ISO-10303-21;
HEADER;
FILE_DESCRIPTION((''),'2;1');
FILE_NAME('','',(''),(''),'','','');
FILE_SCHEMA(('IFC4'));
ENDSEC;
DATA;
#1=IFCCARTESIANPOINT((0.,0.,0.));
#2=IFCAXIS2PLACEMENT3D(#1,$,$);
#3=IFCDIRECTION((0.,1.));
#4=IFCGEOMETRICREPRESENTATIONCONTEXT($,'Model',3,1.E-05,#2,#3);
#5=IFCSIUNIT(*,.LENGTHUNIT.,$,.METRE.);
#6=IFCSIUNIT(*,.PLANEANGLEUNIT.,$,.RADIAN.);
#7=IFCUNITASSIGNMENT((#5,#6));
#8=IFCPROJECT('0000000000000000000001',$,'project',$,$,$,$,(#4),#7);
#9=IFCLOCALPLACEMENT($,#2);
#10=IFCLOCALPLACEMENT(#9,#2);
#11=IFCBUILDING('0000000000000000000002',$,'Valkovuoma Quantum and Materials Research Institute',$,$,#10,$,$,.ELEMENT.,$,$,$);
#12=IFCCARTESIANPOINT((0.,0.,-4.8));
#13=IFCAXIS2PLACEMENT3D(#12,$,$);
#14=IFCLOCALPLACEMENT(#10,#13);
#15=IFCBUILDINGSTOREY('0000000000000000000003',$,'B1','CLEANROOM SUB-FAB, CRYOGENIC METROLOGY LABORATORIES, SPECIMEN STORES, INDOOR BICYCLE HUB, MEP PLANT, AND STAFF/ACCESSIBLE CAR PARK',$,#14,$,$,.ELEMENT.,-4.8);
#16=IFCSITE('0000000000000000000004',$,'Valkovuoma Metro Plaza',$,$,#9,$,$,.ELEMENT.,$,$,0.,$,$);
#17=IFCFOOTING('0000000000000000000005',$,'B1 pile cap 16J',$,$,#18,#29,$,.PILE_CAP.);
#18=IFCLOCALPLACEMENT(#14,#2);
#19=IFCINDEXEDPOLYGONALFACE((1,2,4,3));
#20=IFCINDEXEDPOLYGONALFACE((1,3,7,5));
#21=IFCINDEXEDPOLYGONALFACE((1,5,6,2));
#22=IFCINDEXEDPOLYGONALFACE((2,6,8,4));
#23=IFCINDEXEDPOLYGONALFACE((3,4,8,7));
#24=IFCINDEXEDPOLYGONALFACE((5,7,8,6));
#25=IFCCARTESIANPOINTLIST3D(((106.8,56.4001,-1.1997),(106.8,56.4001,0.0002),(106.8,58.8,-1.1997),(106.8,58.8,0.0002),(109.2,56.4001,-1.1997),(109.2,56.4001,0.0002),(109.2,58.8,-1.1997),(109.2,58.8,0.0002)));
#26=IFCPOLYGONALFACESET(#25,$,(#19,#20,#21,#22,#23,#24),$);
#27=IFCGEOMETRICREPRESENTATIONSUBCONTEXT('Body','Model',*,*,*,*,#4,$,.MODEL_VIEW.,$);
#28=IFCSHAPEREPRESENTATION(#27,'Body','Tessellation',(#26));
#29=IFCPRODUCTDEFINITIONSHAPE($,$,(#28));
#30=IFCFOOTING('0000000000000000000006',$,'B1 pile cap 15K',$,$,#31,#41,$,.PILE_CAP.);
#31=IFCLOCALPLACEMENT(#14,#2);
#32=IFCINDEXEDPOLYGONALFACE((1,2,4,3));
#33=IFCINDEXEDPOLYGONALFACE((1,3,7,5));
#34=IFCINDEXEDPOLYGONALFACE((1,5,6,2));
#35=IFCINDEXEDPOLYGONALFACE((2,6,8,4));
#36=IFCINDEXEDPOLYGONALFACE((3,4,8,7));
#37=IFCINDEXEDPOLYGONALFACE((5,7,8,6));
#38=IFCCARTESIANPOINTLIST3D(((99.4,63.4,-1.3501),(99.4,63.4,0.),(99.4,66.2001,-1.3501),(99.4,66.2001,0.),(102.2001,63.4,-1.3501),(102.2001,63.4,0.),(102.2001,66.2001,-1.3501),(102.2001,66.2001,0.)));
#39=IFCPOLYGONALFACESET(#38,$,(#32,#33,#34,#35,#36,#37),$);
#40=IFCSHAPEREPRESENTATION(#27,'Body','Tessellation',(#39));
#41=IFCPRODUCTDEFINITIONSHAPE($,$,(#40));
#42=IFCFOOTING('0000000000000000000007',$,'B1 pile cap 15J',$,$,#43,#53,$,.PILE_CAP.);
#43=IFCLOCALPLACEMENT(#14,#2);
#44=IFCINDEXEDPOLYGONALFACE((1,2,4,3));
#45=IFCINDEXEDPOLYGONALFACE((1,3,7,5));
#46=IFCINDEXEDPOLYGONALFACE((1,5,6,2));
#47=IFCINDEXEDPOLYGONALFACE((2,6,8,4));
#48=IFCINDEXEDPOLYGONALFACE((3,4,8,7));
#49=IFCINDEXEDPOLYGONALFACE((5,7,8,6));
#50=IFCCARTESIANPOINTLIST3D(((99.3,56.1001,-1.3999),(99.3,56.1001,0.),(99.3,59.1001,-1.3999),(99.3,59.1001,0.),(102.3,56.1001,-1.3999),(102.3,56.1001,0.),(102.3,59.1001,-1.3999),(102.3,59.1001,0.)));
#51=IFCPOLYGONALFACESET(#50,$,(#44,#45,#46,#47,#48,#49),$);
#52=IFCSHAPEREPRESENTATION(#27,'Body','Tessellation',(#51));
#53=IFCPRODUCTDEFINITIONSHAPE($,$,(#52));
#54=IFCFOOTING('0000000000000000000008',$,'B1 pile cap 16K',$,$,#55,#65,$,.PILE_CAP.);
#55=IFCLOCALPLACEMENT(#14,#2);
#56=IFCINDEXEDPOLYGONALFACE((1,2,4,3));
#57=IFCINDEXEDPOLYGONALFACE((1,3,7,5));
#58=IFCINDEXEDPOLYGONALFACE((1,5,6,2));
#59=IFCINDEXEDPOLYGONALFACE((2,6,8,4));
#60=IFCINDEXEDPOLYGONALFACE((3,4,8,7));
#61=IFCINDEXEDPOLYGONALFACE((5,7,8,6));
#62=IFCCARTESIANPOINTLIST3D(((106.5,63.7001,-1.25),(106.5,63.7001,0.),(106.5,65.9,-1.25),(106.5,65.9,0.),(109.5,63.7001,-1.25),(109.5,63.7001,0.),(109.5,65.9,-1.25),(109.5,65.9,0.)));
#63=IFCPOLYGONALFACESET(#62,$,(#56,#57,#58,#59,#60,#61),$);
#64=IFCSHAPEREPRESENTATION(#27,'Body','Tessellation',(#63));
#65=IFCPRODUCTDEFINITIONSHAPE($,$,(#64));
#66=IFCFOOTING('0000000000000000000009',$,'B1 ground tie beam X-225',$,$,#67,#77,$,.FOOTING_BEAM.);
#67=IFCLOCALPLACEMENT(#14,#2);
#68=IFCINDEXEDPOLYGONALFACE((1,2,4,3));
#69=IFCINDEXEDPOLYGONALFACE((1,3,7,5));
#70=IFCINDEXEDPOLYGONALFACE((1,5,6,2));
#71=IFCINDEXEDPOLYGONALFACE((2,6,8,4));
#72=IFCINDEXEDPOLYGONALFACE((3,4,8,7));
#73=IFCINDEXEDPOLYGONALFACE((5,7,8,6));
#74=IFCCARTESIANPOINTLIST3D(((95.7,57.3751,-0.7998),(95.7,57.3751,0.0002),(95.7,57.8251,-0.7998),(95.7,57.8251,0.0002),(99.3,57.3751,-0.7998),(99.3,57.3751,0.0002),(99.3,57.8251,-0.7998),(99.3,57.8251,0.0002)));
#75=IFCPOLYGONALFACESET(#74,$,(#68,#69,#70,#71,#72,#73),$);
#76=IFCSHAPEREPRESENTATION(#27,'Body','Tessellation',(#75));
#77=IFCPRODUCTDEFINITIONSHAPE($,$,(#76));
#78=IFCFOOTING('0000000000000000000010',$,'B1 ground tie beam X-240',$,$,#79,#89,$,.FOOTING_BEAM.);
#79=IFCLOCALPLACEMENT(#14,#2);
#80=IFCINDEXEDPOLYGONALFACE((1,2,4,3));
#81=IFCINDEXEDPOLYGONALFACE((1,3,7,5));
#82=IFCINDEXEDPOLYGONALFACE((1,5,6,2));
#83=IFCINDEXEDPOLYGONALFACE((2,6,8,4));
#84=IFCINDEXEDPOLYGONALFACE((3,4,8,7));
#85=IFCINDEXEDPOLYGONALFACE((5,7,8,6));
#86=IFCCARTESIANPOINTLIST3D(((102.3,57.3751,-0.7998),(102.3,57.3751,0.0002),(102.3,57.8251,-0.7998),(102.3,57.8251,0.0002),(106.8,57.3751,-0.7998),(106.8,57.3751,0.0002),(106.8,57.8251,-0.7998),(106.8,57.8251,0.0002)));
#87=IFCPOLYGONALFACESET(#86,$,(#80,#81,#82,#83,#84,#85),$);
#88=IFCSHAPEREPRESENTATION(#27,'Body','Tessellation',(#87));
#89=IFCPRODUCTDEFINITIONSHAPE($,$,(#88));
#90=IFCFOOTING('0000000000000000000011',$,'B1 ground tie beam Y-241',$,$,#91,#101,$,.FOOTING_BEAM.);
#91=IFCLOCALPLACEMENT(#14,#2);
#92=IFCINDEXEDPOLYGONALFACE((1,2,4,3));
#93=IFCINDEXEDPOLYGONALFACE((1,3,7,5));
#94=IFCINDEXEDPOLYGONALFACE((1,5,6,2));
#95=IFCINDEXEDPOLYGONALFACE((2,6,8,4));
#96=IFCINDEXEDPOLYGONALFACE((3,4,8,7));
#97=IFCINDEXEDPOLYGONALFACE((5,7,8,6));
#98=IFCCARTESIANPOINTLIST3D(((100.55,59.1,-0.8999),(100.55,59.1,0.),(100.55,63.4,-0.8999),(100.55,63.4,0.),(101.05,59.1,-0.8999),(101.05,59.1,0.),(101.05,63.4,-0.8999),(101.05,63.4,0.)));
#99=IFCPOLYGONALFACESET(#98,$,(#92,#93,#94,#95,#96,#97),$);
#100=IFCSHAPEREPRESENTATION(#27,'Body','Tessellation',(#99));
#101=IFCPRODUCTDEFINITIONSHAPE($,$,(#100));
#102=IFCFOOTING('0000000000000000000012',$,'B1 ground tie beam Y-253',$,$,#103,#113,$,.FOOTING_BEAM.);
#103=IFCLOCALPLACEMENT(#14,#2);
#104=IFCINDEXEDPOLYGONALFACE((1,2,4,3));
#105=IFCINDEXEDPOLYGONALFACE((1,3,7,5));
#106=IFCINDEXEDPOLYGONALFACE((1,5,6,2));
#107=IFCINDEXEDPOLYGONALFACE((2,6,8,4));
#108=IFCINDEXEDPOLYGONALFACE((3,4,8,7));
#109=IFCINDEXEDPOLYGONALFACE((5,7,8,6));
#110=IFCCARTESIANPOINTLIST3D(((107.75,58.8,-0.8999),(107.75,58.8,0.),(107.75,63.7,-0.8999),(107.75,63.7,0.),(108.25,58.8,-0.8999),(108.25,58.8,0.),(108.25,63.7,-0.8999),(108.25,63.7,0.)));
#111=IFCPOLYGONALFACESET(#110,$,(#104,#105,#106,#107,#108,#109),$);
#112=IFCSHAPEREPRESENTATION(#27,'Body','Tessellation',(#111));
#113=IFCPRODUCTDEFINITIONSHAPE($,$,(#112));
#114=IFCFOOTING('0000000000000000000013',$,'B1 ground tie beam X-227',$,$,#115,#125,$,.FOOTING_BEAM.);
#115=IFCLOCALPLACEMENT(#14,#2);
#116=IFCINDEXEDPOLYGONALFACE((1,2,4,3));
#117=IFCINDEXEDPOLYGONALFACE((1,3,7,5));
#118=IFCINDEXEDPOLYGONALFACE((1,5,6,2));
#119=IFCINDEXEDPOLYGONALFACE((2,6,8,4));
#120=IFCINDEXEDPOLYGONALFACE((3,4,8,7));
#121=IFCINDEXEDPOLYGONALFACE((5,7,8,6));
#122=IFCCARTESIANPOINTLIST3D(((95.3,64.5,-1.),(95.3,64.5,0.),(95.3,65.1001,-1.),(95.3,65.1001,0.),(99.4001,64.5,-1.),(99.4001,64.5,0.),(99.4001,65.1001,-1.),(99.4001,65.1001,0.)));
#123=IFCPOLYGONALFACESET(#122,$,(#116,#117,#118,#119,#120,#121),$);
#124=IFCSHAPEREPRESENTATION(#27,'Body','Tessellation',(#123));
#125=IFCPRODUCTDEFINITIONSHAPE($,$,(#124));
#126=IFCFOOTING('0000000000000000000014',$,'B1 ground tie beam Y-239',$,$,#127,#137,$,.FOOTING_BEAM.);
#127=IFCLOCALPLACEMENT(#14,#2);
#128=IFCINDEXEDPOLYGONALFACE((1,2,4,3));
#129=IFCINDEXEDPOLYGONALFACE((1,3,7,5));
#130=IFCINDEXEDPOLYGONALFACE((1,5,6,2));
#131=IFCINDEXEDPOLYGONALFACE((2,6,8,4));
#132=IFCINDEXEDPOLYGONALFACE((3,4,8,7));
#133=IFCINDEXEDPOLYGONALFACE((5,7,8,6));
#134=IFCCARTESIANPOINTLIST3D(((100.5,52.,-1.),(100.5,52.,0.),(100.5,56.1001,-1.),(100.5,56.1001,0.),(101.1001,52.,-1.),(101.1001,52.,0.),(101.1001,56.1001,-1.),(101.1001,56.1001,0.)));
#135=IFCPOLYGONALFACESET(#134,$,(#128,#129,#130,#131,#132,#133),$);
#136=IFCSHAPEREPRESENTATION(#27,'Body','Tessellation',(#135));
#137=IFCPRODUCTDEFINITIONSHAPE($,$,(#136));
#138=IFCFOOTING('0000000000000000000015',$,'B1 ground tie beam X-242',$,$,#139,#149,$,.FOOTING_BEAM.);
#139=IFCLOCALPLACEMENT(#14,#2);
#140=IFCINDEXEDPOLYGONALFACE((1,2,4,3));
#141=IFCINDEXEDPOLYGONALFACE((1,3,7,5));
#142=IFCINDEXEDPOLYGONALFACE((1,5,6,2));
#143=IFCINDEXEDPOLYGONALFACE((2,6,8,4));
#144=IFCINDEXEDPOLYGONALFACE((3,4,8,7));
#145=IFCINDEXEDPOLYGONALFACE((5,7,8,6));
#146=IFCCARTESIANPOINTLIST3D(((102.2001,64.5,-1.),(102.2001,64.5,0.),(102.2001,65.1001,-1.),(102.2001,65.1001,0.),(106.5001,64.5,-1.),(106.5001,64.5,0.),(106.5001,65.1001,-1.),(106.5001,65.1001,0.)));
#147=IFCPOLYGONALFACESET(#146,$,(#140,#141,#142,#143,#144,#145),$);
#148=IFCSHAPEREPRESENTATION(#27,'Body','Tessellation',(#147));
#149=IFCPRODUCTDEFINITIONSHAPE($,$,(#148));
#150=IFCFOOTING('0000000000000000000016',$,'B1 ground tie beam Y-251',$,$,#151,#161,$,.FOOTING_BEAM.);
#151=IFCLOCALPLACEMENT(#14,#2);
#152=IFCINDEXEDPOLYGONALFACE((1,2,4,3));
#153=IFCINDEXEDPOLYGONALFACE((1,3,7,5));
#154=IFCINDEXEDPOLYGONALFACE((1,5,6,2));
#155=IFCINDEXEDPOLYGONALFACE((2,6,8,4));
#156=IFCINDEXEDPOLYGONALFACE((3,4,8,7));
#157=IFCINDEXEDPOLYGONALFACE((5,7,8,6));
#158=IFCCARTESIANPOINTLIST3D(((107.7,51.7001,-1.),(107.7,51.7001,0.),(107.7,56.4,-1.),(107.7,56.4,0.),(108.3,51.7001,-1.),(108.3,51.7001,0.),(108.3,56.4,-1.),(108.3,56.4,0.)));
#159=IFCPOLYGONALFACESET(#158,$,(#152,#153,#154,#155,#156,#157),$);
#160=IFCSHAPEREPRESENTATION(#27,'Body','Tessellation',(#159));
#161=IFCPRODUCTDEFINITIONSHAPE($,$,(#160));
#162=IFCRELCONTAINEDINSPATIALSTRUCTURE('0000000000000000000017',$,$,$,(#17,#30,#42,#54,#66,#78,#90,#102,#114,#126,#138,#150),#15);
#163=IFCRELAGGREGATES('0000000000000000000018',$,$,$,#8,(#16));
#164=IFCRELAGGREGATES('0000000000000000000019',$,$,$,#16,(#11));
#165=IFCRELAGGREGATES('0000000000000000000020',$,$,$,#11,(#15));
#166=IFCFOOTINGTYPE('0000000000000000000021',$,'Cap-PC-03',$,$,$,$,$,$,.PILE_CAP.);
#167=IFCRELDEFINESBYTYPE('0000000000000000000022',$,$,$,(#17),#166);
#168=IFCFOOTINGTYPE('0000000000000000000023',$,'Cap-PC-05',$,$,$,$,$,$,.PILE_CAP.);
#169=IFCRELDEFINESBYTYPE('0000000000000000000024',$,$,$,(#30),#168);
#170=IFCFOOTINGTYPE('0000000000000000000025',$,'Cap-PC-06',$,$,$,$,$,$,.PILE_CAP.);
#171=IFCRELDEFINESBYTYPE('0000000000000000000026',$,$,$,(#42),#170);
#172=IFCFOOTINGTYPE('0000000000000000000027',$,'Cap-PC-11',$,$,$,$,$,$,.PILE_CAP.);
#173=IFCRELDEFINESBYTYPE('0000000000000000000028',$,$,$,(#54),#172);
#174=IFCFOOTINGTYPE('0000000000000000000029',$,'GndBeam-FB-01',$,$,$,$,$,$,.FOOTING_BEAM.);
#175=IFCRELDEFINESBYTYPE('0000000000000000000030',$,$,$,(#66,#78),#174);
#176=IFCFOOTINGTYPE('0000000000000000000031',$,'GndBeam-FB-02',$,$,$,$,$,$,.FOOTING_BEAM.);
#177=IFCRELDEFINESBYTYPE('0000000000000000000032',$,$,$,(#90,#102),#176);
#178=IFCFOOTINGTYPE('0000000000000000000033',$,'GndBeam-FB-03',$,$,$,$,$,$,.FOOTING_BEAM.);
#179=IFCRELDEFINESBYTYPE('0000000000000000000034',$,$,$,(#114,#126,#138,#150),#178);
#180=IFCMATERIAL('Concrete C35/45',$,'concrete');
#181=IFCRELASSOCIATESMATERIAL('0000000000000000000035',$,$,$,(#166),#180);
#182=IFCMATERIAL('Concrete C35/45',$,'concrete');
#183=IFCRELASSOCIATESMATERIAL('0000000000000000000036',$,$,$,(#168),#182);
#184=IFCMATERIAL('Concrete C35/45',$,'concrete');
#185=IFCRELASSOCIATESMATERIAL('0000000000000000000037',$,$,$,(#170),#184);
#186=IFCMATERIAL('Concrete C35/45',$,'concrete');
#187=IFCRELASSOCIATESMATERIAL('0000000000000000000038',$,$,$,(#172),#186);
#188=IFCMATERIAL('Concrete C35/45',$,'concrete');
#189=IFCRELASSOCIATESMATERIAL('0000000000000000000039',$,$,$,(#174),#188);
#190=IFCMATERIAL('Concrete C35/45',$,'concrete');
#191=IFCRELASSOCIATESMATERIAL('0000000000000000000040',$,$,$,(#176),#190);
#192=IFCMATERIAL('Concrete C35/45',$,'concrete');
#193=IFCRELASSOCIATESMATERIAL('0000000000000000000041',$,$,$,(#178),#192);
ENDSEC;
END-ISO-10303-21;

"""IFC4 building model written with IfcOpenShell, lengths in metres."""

from ifc_helpers import new_model, si_unit, direction, frame, origin, origin_2d, place, context, subcontext, project, spatial, rectangle, extrude, material, type_object, element, save


model = new_model("IFC4")

# Units and contexts
model_context = context("Model", 3, precision=1e-05, world=origin(), true_north=direction((0.0, 1.0)))
body_context = subcontext(model_context, "Body", "Model", "MODEL_VIEW")
ifc_project = project(units=[si_unit("LENGTHUNIT", "METRE"), si_unit("PLANEANGLEUNIT", "RADIAN")], contexts=[model_context])

# Site, building, storey
site_placement = place(None, origin())
site = spatial("IfcSite", under=ifc_project, at=site_placement, Name="Valkovuoma Metro Plaza", CompositionType="ELEMENT", RefElevation=0.0)
building_placement = place(site_placement, origin())
building = spatial("IfcBuilding", under=site, at=building_placement, Name="Valkovuoma Quantum and Materials Research Institute", CompositionType="ELEMENT")
storey_placement = place(building_placement, frame((0.0, 0.0, -4.8)))
storey = spatial("IfcBuildingStorey", under=building, at=storey_placement, Name="B1", Description="CLEANROOM SUB-FAB, CRYOGENIC METROLOGY LABORATORIES, SPECIMEN STORES, INDOOR BICYCLE HUB, MEP PLANT, AND STAFF/ACCESSIBLE CAR PARK", CompositionType="ELEMENT", Elevation=-4.8)

# Footings
ifc_material_1 = material(Name="Concrete C35/45", Category="concrete")
footing_type_1 = type_object("IfcFootingType", Name="Cap-PC-03", PredefinedType="PILE_CAP", material=ifc_material_1)
footing_1_placement = place(storey_placement, frame((108.0, 57.6001, -1.1997), z_axis=(0.0, 0.0, 1.0), x_axis=(1.0, 0.0, 0.0)))
element("IfcFooting", 1, at=footing_1_placement, inside=storey, type_object=footing_type_1, Name="B1 pile cap 16J", PredefinedType="PILE_CAP", context=body_context, shape_type="SweptSolid", body=[
    extrude(rectangle(XDim=2.3999, YDim=2.3999, at=origin_2d()), origin(), (0.0, 0.0, 1.0), 1.2),
])
ifc_material_2 = material(Name="Concrete C35/45", Category="concrete")
footing_type_2 = type_object("IfcFootingType", Name="Cap-PC-05", PredefinedType="PILE_CAP", material=ifc_material_2)
footing_2_placement = place(storey_placement, frame((100.8, 64.8, -1.3501), z_axis=(0.0, 0.0, 1.0), x_axis=(1.0, 0.0, 0.0)))
element("IfcFooting", 2, at=footing_2_placement, inside=storey, type_object=footing_type_2, Name="B1 pile cap 15K", PredefinedType="PILE_CAP", context=body_context, shape_type="SweptSolid", body=[
    extrude(rectangle(XDim=2.8, YDim=2.8, at=origin_2d()), origin(), (0.0, 0.0, 1.0), 1.3501),
])
ifc_material_3 = material(Name="Concrete C35/45", Category="concrete")
footing_type_3 = type_object("IfcFootingType", Name="Cap-PC-06", PredefinedType="PILE_CAP", material=ifc_material_3)
footing_3_placement = place(storey_placement, frame((100.8, 57.6001, -1.3999), z_axis=(0.0, 0.0, 1.0), x_axis=(1.0, 0.0, 0.0)))
element("IfcFooting", 3, at=footing_3_placement, inside=storey, type_object=footing_type_3, Name="B1 pile cap 15J", PredefinedType="PILE_CAP", context=body_context, shape_type="SweptSolid", body=[
    extrude(rectangle(XDim=3.0, YDim=3.0, at=origin_2d()), origin(), (0.0, 0.0, 1.0), 1.3999),
])
ifc_material_4 = material(Name="Concrete C35/45", Category="concrete")
footing_type_4 = type_object("IfcFootingType", Name="Cap-PC-11", PredefinedType="PILE_CAP", material=ifc_material_4)
footing_4_placement = place(storey_placement, frame((108.0, 64.8, -1.25), z_axis=(0.0, 0.0, 1.0), x_axis=(1.0, 0.0, 0.0)))
element("IfcFooting", 4, at=footing_4_placement, inside=storey, type_object=footing_type_4, Name="B1 pile cap 16K", PredefinedType="PILE_CAP", context=body_context, shape_type="SweptSolid", body=[
    extrude(rectangle(XDim=3.0, YDim=2.2, at=origin_2d()), origin(), (0.0, 0.0, 1.0), 1.25),
])
ifc_material_5 = material(Name="Concrete C35/45", Category="concrete")
footing_type_5 = type_object("IfcFootingType", Name="GndBeam-FB-01", PredefinedType="FOOTING_BEAM", material=ifc_material_5)
footing_5_placement = place(storey_placement, frame((97.5, 57.6001, -0.7998), z_axis=(0.0, 0.0, 1.0), x_axis=(1.0, 0.0, 0.0)))
element("IfcFooting", 5, at=footing_5_placement, inside=storey, type_object=footing_type_5, Name="B1 ground tie beam X-225", PredefinedType="FOOTING_BEAM", context=body_context, shape_type="SweptSolid", body=[
    extrude(rectangle(XDim=3.6001, YDim=0.45, at=origin_2d()), origin(), (0.0, 0.0, 1.0), 0.8),
])
footing_6_placement = place(storey_placement, frame((104.55, 57.6001, -0.7998), z_axis=(0.0, 0.0, 1.0), x_axis=(1.0, 0.0, 0.0)))
element("IfcFooting", 6, at=footing_6_placement, inside=storey, type_object=footing_type_5, Name="B1 ground tie beam X-240", PredefinedType="FOOTING_BEAM", context=body_context, shape_type="SweptSolid", body=[
    extrude(rectangle(XDim=4.5, YDim=0.45, at=origin_2d()), origin(), (0.0, 0.0, 1.0), 0.8),
])
ifc_material_6 = material(Name="Concrete C35/45", Category="concrete")
footing_type_6 = type_object("IfcFootingType", Name="GndBeam-FB-02", PredefinedType="FOOTING_BEAM", material=ifc_material_6)
footing_7_placement = place(storey_placement, frame((100.8, 61.25, -0.8999), z_axis=(0.0, 0.0, 1.0), x_axis=(0.0, 1.0, 0.0)))
element("IfcFooting", 7, at=footing_7_placement, inside=storey, type_object=footing_type_6, Name="B1 ground tie beam Y-241", PredefinedType="FOOTING_BEAM", context=body_context, shape_type="SweptSolid", body=[
    extrude(rectangle(XDim=4.3, YDim=0.5, at=origin_2d()), origin(), (0.0, 0.0, 1.0), 0.8999),
])
footing_8_placement = place(storey_placement, frame((108.0, 61.25, -0.8999), z_axis=(0.0, 0.0, 1.0), x_axis=(0.0, 1.0, 0.0)))
element("IfcFooting", 8, at=footing_8_placement, inside=storey, type_object=footing_type_6, Name="B1 ground tie beam Y-253", PredefinedType="FOOTING_BEAM", context=body_context, shape_type="SweptSolid", body=[
    extrude(rectangle(XDim=4.8999, YDim=0.5, at=origin_2d()), origin(), (0.0, 0.0, 1.0), 0.8999),
])
ifc_material_7 = material(Name="Concrete C35/45", Category="concrete")
footing_type_7 = type_object("IfcFootingType", Name="GndBeam-FB-03", PredefinedType="FOOTING_BEAM", material=ifc_material_7)
for number, where, z_axis, x_axis, name in (
    (9, (97.3501, 64.8, -1.0), (0.0, 0.0, 1.0), (1.0, 0.0, 0.0), "B1 ground tie beam X-227"),
    (10, (100.8, 54.05, -1.0), (0.0, 0.0, 1.0), (0.0, 1.0, 0.0), "B1 ground tie beam Y-239"),
):
    element("IfcFooting", number, at=place(storey_placement, frame(where, z_axis=z_axis, x_axis=x_axis)), inside=storey, type_object=footing_type_7, Name=name, PredefinedType="FOOTING_BEAM", context=body_context, shape_type="SweptSolid", body=[
        extrude(rectangle(XDim=4.1001, YDim=0.6001, at=origin_2d()), origin(), (0.0, 0.0, 1.0), 1.0),
    ])
footing_9_placement = place(storey_placement, frame((104.3501, 64.8, -1.0), z_axis=(0.0, 0.0, 1.0), x_axis=(1.0, 0.0, 0.0)))
element("IfcFooting", 11, at=footing_9_placement, inside=storey, type_object=footing_type_7, Name="B1 ground tie beam X-242", PredefinedType="FOOTING_BEAM", context=body_context, shape_type="SweptSolid", body=[
    extrude(rectangle(XDim=4.3, YDim=0.6001, at=origin_2d()), origin(), (0.0, 0.0, 1.0), 1.0),
])
footing_10_placement = place(storey_placement, frame((108.0, 54.05, -1.0), z_axis=(0.0, 0.0, 1.0), x_axis=(0.0, 1.0, 0.0)))
element("IfcFooting", 12, at=footing_10_placement, inside=storey, type_object=footing_type_7, Name="B1 ground tie beam Y-251", PredefinedType="FOOTING_BEAM", context=body_context, shape_type="SweptSolid", body=[
    extrude(rectangle(XDim=4.7, YDim=0.6001, at=origin_2d()), origin(), (0.0, 0.0, 1.0), 1.0),
])

save(model, "model.ifc")
